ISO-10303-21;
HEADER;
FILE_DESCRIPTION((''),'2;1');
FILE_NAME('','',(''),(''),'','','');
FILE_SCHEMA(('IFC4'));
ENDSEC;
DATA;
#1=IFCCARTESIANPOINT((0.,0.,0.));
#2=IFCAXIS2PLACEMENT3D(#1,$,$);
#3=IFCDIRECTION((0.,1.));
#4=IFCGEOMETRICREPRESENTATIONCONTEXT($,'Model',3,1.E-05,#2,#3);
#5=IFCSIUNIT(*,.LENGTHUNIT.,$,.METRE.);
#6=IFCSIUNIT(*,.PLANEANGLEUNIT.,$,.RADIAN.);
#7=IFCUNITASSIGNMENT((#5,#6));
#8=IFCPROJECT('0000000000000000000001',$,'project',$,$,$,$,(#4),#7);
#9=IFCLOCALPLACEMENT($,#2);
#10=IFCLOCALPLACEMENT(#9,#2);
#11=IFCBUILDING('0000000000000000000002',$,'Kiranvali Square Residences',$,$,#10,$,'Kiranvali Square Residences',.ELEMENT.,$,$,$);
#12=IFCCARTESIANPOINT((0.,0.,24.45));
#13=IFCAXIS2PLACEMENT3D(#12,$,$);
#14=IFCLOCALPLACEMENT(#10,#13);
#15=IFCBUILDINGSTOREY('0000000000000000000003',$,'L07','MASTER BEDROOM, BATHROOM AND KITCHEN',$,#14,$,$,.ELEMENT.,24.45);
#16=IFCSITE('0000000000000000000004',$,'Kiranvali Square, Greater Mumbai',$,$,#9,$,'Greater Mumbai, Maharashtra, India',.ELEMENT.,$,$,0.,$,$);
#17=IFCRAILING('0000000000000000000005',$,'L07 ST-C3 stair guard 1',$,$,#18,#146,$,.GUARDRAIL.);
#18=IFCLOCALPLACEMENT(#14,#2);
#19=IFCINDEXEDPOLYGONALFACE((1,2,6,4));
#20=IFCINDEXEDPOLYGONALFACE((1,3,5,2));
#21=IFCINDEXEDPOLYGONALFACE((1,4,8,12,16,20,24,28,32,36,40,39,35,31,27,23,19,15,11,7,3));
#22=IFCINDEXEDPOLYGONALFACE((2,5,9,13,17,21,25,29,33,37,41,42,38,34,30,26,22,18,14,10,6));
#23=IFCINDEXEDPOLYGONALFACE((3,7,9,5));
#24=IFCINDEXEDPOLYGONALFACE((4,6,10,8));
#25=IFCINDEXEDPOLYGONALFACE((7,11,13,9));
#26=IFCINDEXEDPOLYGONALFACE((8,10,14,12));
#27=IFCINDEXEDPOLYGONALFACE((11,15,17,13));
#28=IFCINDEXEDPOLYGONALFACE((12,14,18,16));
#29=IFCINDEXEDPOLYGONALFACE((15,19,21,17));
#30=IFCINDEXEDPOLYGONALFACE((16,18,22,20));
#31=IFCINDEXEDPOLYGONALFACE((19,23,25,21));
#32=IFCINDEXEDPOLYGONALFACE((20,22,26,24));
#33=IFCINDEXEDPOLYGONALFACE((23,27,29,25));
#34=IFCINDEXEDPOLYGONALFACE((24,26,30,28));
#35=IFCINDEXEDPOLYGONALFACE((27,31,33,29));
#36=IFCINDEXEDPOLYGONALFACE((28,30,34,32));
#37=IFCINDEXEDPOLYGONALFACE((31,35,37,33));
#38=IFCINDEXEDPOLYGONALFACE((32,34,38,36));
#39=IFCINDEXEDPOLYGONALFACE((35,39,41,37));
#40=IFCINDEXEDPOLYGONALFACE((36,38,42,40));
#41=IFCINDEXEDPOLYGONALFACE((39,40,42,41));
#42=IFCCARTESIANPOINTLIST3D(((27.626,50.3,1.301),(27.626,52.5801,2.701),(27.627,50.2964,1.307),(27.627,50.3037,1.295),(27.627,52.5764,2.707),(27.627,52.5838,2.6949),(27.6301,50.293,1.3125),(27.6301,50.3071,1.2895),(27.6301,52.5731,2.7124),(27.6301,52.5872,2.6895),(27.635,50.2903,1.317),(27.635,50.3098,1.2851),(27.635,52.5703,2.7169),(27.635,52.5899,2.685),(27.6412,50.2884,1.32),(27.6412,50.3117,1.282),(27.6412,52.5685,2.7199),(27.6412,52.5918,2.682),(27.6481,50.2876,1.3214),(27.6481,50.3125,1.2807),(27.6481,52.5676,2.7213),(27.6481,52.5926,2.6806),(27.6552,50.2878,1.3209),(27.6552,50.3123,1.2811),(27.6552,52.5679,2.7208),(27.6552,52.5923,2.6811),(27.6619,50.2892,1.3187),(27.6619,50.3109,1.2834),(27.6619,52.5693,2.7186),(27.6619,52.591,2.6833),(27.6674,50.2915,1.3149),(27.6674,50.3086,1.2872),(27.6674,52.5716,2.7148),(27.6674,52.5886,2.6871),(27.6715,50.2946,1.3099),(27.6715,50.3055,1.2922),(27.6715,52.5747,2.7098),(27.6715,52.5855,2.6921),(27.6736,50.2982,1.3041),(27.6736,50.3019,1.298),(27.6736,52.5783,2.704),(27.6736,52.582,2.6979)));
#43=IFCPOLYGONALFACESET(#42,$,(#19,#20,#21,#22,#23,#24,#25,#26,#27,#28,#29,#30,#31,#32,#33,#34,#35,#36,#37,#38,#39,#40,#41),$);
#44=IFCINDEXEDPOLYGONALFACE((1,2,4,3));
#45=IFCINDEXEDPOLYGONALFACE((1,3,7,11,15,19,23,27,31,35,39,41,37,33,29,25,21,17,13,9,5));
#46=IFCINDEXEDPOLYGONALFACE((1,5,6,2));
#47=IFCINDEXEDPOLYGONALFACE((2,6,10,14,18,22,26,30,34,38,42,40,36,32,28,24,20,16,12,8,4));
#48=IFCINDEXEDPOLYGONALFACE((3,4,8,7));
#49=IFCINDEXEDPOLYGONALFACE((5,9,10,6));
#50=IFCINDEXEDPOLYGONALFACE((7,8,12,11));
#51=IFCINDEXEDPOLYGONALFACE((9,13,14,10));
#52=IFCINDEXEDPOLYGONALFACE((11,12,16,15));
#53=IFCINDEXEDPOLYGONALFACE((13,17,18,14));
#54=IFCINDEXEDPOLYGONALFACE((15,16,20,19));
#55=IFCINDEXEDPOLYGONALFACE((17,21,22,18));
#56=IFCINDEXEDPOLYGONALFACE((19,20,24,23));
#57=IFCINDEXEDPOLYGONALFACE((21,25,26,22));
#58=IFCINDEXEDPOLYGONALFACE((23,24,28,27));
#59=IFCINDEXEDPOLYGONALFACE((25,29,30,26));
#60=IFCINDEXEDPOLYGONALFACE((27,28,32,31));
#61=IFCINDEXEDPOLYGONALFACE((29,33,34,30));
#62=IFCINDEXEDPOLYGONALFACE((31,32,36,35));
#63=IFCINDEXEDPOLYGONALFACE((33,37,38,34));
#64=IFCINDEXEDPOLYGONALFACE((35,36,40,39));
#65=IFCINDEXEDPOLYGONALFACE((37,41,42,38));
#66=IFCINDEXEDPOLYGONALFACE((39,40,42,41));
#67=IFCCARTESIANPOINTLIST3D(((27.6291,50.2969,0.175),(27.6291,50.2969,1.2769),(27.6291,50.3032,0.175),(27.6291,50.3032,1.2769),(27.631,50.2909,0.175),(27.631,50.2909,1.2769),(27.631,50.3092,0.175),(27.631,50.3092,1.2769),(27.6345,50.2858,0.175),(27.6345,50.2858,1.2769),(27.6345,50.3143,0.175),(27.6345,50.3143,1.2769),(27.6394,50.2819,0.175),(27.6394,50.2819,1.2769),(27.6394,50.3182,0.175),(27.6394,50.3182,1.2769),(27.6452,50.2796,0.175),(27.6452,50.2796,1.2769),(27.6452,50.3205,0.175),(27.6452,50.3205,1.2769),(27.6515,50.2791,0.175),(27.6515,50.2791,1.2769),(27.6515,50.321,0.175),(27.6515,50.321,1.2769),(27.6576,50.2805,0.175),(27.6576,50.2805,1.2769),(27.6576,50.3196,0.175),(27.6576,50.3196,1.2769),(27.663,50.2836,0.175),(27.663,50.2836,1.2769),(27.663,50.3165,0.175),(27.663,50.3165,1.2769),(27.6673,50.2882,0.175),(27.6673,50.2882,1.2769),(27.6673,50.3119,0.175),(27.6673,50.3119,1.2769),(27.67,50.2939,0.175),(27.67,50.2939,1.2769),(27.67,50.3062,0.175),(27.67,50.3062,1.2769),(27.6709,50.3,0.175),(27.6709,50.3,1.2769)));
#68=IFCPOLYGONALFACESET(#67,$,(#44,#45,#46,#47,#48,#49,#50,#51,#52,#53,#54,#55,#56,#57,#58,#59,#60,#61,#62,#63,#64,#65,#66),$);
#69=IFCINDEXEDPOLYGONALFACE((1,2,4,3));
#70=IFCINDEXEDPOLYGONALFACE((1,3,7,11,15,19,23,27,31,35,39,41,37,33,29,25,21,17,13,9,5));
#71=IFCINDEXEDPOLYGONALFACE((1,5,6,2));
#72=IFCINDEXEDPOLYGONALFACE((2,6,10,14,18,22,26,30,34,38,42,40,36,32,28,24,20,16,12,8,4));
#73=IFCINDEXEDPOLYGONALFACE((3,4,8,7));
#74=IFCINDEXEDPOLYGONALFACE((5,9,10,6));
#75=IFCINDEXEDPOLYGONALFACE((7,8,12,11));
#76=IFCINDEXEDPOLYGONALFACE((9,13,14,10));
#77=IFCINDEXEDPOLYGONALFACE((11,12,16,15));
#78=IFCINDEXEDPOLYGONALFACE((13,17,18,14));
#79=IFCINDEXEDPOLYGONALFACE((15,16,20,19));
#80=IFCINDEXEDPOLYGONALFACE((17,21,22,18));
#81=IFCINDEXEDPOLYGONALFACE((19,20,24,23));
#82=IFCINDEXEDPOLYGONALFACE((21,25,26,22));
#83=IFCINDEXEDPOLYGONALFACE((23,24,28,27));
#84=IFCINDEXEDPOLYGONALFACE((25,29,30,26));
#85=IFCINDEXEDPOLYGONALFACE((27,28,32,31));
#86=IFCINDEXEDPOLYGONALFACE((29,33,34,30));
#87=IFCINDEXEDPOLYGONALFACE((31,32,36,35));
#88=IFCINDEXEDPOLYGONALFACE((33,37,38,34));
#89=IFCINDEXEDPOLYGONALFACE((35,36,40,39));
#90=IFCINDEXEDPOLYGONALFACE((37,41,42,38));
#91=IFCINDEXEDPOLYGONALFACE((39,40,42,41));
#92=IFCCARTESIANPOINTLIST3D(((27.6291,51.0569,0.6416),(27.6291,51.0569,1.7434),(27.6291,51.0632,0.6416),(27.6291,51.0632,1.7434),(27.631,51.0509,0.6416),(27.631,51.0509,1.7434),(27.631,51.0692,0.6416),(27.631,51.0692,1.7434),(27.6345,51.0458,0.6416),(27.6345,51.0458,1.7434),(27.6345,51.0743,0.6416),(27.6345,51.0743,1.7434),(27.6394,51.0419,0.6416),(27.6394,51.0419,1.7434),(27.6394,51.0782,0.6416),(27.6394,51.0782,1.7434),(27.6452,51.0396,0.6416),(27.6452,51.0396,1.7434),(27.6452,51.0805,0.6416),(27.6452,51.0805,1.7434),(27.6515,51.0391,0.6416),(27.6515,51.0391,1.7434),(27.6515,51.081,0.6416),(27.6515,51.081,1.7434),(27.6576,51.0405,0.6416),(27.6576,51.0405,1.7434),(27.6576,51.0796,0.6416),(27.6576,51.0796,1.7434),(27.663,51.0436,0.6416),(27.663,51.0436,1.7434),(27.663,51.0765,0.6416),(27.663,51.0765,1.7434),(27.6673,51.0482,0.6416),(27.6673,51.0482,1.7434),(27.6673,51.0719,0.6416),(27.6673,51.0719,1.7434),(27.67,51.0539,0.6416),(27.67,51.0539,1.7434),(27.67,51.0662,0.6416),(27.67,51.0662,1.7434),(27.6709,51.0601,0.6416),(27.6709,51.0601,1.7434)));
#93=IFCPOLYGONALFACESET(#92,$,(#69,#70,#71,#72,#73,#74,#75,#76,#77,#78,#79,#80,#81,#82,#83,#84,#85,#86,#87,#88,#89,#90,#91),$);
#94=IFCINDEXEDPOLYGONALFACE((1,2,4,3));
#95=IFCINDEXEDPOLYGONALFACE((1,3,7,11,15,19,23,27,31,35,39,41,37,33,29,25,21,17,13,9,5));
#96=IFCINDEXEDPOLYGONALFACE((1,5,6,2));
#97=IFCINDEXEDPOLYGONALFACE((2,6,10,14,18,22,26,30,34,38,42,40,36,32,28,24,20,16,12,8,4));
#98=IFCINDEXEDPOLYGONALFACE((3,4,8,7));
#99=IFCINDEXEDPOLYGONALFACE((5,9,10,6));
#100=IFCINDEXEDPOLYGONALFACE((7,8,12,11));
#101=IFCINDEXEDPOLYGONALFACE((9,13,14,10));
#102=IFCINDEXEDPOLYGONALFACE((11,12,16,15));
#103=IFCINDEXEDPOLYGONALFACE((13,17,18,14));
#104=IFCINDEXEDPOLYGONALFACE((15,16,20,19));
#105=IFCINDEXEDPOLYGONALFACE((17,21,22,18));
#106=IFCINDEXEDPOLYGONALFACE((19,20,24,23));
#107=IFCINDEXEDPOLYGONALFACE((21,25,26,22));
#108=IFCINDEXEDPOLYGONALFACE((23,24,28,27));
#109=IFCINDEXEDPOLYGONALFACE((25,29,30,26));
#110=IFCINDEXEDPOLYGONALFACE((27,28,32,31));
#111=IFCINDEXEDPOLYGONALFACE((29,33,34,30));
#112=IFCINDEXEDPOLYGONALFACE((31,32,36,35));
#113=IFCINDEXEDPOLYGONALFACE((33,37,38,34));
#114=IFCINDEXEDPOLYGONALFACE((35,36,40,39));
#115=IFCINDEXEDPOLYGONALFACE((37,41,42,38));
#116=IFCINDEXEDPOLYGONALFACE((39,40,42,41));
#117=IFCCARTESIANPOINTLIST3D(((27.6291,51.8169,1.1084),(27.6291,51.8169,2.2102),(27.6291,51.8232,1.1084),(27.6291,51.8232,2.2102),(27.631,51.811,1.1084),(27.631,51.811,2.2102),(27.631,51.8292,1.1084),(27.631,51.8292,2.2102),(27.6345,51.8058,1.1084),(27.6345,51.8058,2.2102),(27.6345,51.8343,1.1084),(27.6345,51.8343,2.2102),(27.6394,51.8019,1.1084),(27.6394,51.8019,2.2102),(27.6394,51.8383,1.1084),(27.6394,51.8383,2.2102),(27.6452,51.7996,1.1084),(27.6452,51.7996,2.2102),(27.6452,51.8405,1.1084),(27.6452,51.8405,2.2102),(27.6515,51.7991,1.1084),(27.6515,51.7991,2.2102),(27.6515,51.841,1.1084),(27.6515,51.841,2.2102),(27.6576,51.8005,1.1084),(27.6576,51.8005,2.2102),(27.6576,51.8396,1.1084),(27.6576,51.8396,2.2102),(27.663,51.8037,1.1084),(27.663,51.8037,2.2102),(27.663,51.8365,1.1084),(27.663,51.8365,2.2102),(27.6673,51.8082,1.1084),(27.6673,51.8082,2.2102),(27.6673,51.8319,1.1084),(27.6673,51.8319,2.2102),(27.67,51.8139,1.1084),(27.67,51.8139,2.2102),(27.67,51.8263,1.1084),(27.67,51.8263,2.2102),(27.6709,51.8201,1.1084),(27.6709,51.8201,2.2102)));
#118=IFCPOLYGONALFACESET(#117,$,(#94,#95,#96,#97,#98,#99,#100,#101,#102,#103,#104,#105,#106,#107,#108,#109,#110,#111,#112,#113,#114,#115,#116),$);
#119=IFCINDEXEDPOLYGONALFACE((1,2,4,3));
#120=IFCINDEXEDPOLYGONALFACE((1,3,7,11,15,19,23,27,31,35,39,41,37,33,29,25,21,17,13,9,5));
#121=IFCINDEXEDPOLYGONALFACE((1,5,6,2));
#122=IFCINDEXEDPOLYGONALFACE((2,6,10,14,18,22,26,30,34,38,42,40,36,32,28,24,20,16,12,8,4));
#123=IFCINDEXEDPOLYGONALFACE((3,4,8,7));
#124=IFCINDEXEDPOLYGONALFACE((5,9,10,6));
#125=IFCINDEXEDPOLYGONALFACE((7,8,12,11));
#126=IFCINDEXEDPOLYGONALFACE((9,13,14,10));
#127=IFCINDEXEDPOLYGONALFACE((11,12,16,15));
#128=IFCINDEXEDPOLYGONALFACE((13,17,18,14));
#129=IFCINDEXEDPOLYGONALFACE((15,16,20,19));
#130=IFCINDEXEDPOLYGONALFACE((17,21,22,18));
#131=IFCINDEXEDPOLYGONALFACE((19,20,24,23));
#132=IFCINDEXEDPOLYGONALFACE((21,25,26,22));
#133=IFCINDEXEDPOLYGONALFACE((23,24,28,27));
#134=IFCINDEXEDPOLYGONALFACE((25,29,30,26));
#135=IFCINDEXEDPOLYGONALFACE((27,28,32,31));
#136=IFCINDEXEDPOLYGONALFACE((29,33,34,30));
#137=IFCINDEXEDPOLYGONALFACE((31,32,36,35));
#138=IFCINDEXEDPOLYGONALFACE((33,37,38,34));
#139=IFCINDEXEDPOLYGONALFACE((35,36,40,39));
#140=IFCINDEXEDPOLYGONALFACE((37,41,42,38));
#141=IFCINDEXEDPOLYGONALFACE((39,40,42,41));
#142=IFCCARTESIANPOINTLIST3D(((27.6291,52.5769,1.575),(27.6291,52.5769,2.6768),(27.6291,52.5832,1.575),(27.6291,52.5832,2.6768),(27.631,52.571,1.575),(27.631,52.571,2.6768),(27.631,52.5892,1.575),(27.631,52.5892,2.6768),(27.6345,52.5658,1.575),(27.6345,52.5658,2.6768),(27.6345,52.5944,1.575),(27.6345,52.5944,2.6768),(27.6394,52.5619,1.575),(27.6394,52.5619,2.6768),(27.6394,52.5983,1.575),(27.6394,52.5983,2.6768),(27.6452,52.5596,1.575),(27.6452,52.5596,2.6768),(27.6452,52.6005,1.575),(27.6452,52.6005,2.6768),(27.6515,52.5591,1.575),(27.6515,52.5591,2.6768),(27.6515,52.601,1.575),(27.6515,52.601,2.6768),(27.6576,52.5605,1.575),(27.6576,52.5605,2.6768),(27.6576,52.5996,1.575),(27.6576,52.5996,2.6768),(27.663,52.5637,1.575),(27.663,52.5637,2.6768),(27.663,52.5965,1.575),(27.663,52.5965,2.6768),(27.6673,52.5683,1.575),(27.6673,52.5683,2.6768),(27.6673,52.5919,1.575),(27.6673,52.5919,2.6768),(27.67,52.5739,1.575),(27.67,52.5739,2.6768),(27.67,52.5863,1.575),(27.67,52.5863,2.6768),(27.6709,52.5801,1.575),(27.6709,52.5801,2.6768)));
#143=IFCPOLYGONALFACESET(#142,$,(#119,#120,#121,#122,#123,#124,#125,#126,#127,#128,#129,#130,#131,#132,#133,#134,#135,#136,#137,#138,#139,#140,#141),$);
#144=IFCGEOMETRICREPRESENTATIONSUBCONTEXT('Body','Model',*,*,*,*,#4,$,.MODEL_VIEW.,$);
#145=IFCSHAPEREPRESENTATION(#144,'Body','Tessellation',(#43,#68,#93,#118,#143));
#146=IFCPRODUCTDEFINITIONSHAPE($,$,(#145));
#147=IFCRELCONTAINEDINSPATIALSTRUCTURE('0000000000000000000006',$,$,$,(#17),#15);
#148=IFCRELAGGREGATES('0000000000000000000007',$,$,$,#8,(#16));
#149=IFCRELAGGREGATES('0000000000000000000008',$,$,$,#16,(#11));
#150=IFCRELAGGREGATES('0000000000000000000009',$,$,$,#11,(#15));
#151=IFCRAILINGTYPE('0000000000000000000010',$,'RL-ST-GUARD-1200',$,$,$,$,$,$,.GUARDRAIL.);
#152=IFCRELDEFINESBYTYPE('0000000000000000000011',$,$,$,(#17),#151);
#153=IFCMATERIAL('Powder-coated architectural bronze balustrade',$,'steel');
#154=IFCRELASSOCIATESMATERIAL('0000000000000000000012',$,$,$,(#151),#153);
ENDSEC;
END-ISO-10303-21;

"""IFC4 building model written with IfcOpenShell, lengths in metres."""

from ifc_helpers import new_model, si_unit, direction, frame, origin, origin_2d, place, context, subcontext, project, spatial, circle, extrude, material, type_object, element, save


model = new_model("IFC4")

# Units and contexts
model_context = context("Model", 3, precision=1e-05, world=origin(), true_north=direction((0.0, 1.0)))
body_context = subcontext(model_context, "Body", "Model", "MODEL_VIEW")
ifc_project = project(units=[si_unit("LENGTHUNIT", "METRE"), si_unit("PLANEANGLEUNIT", "RADIAN")], contexts=[model_context])

# Site, building, storey
site_placement = place(None, origin())
site = spatial("IfcSite", under=ifc_project, at=site_placement, Name="Kiranvali Square, Greater Mumbai", LongName="Greater Mumbai, Maharashtra, India", CompositionType="ELEMENT", RefElevation=0.0)
building_placement = place(site_placement, origin())
building = spatial("IfcBuilding", under=site, at=building_placement, Name="Kiranvali Square Residences", LongName="Kiranvali Square Residences", CompositionType="ELEMENT")
storey_placement = place(building_placement, frame((0.0, 0.0, 24.45)))
storey = spatial("IfcBuildingStorey", under=building, at=storey_placement, Name="L07", Description="MASTER BEDROOM, BATHROOM AND KITCHEN", CompositionType="ELEMENT", Elevation=24.45)

# Railing
ifc_material_1 = material(Name="Powder-coated architectural bronze balustrade", Category="steel")
railing_type_1 = type_object("IfcRailingType", Name="RL-ST-GUARD-1200", PredefinedType="GUARDRAIL", material=ifc_material_1)
railing_1_placement = place(storey_placement, frame((27.6499, 50.3, 0.175)))
element("IfcRailing", 1, at=railing_1_placement, inside=storey, type_object=railing_type_1, Name="L07 ST-C3 stair guard 1", PredefinedType="GUARDRAIL", context=body_context, shape_type="SweptSolid", body=[
    extrude(circle(Radius=0.0239, at=origin_2d()), frame((0.0, 0.0, 1.126), z_axis=(0.0, 0.85219, 0.523232), x_axis=(-1.0, 0.0, 0.0)), (0.0, 0.0, 1.0), 2.6755),
    extrude(circle(Radius=0.021, at=origin_2d()), origin(), (0.0, 0.0, 1.0), 1.1018),
    extrude(circle(Radius=0.021, at=origin_2d()), frame((0.0, 0.76, 0.4666)), (0.0, 0.0, 1.0), 1.1018),
    extrude(circle(Radius=0.021, at=origin_2d()), frame((0.0, 1.52, 0.9333)), (0.0, 0.0, 1.0), 1.1018),
    extrude(circle(Radius=0.021, at=origin_2d()), frame((0.0, 2.28, 1.3999)), (0.0, 0.0, 1.0), 1.1018),
])

save(model, "model.ifc")
